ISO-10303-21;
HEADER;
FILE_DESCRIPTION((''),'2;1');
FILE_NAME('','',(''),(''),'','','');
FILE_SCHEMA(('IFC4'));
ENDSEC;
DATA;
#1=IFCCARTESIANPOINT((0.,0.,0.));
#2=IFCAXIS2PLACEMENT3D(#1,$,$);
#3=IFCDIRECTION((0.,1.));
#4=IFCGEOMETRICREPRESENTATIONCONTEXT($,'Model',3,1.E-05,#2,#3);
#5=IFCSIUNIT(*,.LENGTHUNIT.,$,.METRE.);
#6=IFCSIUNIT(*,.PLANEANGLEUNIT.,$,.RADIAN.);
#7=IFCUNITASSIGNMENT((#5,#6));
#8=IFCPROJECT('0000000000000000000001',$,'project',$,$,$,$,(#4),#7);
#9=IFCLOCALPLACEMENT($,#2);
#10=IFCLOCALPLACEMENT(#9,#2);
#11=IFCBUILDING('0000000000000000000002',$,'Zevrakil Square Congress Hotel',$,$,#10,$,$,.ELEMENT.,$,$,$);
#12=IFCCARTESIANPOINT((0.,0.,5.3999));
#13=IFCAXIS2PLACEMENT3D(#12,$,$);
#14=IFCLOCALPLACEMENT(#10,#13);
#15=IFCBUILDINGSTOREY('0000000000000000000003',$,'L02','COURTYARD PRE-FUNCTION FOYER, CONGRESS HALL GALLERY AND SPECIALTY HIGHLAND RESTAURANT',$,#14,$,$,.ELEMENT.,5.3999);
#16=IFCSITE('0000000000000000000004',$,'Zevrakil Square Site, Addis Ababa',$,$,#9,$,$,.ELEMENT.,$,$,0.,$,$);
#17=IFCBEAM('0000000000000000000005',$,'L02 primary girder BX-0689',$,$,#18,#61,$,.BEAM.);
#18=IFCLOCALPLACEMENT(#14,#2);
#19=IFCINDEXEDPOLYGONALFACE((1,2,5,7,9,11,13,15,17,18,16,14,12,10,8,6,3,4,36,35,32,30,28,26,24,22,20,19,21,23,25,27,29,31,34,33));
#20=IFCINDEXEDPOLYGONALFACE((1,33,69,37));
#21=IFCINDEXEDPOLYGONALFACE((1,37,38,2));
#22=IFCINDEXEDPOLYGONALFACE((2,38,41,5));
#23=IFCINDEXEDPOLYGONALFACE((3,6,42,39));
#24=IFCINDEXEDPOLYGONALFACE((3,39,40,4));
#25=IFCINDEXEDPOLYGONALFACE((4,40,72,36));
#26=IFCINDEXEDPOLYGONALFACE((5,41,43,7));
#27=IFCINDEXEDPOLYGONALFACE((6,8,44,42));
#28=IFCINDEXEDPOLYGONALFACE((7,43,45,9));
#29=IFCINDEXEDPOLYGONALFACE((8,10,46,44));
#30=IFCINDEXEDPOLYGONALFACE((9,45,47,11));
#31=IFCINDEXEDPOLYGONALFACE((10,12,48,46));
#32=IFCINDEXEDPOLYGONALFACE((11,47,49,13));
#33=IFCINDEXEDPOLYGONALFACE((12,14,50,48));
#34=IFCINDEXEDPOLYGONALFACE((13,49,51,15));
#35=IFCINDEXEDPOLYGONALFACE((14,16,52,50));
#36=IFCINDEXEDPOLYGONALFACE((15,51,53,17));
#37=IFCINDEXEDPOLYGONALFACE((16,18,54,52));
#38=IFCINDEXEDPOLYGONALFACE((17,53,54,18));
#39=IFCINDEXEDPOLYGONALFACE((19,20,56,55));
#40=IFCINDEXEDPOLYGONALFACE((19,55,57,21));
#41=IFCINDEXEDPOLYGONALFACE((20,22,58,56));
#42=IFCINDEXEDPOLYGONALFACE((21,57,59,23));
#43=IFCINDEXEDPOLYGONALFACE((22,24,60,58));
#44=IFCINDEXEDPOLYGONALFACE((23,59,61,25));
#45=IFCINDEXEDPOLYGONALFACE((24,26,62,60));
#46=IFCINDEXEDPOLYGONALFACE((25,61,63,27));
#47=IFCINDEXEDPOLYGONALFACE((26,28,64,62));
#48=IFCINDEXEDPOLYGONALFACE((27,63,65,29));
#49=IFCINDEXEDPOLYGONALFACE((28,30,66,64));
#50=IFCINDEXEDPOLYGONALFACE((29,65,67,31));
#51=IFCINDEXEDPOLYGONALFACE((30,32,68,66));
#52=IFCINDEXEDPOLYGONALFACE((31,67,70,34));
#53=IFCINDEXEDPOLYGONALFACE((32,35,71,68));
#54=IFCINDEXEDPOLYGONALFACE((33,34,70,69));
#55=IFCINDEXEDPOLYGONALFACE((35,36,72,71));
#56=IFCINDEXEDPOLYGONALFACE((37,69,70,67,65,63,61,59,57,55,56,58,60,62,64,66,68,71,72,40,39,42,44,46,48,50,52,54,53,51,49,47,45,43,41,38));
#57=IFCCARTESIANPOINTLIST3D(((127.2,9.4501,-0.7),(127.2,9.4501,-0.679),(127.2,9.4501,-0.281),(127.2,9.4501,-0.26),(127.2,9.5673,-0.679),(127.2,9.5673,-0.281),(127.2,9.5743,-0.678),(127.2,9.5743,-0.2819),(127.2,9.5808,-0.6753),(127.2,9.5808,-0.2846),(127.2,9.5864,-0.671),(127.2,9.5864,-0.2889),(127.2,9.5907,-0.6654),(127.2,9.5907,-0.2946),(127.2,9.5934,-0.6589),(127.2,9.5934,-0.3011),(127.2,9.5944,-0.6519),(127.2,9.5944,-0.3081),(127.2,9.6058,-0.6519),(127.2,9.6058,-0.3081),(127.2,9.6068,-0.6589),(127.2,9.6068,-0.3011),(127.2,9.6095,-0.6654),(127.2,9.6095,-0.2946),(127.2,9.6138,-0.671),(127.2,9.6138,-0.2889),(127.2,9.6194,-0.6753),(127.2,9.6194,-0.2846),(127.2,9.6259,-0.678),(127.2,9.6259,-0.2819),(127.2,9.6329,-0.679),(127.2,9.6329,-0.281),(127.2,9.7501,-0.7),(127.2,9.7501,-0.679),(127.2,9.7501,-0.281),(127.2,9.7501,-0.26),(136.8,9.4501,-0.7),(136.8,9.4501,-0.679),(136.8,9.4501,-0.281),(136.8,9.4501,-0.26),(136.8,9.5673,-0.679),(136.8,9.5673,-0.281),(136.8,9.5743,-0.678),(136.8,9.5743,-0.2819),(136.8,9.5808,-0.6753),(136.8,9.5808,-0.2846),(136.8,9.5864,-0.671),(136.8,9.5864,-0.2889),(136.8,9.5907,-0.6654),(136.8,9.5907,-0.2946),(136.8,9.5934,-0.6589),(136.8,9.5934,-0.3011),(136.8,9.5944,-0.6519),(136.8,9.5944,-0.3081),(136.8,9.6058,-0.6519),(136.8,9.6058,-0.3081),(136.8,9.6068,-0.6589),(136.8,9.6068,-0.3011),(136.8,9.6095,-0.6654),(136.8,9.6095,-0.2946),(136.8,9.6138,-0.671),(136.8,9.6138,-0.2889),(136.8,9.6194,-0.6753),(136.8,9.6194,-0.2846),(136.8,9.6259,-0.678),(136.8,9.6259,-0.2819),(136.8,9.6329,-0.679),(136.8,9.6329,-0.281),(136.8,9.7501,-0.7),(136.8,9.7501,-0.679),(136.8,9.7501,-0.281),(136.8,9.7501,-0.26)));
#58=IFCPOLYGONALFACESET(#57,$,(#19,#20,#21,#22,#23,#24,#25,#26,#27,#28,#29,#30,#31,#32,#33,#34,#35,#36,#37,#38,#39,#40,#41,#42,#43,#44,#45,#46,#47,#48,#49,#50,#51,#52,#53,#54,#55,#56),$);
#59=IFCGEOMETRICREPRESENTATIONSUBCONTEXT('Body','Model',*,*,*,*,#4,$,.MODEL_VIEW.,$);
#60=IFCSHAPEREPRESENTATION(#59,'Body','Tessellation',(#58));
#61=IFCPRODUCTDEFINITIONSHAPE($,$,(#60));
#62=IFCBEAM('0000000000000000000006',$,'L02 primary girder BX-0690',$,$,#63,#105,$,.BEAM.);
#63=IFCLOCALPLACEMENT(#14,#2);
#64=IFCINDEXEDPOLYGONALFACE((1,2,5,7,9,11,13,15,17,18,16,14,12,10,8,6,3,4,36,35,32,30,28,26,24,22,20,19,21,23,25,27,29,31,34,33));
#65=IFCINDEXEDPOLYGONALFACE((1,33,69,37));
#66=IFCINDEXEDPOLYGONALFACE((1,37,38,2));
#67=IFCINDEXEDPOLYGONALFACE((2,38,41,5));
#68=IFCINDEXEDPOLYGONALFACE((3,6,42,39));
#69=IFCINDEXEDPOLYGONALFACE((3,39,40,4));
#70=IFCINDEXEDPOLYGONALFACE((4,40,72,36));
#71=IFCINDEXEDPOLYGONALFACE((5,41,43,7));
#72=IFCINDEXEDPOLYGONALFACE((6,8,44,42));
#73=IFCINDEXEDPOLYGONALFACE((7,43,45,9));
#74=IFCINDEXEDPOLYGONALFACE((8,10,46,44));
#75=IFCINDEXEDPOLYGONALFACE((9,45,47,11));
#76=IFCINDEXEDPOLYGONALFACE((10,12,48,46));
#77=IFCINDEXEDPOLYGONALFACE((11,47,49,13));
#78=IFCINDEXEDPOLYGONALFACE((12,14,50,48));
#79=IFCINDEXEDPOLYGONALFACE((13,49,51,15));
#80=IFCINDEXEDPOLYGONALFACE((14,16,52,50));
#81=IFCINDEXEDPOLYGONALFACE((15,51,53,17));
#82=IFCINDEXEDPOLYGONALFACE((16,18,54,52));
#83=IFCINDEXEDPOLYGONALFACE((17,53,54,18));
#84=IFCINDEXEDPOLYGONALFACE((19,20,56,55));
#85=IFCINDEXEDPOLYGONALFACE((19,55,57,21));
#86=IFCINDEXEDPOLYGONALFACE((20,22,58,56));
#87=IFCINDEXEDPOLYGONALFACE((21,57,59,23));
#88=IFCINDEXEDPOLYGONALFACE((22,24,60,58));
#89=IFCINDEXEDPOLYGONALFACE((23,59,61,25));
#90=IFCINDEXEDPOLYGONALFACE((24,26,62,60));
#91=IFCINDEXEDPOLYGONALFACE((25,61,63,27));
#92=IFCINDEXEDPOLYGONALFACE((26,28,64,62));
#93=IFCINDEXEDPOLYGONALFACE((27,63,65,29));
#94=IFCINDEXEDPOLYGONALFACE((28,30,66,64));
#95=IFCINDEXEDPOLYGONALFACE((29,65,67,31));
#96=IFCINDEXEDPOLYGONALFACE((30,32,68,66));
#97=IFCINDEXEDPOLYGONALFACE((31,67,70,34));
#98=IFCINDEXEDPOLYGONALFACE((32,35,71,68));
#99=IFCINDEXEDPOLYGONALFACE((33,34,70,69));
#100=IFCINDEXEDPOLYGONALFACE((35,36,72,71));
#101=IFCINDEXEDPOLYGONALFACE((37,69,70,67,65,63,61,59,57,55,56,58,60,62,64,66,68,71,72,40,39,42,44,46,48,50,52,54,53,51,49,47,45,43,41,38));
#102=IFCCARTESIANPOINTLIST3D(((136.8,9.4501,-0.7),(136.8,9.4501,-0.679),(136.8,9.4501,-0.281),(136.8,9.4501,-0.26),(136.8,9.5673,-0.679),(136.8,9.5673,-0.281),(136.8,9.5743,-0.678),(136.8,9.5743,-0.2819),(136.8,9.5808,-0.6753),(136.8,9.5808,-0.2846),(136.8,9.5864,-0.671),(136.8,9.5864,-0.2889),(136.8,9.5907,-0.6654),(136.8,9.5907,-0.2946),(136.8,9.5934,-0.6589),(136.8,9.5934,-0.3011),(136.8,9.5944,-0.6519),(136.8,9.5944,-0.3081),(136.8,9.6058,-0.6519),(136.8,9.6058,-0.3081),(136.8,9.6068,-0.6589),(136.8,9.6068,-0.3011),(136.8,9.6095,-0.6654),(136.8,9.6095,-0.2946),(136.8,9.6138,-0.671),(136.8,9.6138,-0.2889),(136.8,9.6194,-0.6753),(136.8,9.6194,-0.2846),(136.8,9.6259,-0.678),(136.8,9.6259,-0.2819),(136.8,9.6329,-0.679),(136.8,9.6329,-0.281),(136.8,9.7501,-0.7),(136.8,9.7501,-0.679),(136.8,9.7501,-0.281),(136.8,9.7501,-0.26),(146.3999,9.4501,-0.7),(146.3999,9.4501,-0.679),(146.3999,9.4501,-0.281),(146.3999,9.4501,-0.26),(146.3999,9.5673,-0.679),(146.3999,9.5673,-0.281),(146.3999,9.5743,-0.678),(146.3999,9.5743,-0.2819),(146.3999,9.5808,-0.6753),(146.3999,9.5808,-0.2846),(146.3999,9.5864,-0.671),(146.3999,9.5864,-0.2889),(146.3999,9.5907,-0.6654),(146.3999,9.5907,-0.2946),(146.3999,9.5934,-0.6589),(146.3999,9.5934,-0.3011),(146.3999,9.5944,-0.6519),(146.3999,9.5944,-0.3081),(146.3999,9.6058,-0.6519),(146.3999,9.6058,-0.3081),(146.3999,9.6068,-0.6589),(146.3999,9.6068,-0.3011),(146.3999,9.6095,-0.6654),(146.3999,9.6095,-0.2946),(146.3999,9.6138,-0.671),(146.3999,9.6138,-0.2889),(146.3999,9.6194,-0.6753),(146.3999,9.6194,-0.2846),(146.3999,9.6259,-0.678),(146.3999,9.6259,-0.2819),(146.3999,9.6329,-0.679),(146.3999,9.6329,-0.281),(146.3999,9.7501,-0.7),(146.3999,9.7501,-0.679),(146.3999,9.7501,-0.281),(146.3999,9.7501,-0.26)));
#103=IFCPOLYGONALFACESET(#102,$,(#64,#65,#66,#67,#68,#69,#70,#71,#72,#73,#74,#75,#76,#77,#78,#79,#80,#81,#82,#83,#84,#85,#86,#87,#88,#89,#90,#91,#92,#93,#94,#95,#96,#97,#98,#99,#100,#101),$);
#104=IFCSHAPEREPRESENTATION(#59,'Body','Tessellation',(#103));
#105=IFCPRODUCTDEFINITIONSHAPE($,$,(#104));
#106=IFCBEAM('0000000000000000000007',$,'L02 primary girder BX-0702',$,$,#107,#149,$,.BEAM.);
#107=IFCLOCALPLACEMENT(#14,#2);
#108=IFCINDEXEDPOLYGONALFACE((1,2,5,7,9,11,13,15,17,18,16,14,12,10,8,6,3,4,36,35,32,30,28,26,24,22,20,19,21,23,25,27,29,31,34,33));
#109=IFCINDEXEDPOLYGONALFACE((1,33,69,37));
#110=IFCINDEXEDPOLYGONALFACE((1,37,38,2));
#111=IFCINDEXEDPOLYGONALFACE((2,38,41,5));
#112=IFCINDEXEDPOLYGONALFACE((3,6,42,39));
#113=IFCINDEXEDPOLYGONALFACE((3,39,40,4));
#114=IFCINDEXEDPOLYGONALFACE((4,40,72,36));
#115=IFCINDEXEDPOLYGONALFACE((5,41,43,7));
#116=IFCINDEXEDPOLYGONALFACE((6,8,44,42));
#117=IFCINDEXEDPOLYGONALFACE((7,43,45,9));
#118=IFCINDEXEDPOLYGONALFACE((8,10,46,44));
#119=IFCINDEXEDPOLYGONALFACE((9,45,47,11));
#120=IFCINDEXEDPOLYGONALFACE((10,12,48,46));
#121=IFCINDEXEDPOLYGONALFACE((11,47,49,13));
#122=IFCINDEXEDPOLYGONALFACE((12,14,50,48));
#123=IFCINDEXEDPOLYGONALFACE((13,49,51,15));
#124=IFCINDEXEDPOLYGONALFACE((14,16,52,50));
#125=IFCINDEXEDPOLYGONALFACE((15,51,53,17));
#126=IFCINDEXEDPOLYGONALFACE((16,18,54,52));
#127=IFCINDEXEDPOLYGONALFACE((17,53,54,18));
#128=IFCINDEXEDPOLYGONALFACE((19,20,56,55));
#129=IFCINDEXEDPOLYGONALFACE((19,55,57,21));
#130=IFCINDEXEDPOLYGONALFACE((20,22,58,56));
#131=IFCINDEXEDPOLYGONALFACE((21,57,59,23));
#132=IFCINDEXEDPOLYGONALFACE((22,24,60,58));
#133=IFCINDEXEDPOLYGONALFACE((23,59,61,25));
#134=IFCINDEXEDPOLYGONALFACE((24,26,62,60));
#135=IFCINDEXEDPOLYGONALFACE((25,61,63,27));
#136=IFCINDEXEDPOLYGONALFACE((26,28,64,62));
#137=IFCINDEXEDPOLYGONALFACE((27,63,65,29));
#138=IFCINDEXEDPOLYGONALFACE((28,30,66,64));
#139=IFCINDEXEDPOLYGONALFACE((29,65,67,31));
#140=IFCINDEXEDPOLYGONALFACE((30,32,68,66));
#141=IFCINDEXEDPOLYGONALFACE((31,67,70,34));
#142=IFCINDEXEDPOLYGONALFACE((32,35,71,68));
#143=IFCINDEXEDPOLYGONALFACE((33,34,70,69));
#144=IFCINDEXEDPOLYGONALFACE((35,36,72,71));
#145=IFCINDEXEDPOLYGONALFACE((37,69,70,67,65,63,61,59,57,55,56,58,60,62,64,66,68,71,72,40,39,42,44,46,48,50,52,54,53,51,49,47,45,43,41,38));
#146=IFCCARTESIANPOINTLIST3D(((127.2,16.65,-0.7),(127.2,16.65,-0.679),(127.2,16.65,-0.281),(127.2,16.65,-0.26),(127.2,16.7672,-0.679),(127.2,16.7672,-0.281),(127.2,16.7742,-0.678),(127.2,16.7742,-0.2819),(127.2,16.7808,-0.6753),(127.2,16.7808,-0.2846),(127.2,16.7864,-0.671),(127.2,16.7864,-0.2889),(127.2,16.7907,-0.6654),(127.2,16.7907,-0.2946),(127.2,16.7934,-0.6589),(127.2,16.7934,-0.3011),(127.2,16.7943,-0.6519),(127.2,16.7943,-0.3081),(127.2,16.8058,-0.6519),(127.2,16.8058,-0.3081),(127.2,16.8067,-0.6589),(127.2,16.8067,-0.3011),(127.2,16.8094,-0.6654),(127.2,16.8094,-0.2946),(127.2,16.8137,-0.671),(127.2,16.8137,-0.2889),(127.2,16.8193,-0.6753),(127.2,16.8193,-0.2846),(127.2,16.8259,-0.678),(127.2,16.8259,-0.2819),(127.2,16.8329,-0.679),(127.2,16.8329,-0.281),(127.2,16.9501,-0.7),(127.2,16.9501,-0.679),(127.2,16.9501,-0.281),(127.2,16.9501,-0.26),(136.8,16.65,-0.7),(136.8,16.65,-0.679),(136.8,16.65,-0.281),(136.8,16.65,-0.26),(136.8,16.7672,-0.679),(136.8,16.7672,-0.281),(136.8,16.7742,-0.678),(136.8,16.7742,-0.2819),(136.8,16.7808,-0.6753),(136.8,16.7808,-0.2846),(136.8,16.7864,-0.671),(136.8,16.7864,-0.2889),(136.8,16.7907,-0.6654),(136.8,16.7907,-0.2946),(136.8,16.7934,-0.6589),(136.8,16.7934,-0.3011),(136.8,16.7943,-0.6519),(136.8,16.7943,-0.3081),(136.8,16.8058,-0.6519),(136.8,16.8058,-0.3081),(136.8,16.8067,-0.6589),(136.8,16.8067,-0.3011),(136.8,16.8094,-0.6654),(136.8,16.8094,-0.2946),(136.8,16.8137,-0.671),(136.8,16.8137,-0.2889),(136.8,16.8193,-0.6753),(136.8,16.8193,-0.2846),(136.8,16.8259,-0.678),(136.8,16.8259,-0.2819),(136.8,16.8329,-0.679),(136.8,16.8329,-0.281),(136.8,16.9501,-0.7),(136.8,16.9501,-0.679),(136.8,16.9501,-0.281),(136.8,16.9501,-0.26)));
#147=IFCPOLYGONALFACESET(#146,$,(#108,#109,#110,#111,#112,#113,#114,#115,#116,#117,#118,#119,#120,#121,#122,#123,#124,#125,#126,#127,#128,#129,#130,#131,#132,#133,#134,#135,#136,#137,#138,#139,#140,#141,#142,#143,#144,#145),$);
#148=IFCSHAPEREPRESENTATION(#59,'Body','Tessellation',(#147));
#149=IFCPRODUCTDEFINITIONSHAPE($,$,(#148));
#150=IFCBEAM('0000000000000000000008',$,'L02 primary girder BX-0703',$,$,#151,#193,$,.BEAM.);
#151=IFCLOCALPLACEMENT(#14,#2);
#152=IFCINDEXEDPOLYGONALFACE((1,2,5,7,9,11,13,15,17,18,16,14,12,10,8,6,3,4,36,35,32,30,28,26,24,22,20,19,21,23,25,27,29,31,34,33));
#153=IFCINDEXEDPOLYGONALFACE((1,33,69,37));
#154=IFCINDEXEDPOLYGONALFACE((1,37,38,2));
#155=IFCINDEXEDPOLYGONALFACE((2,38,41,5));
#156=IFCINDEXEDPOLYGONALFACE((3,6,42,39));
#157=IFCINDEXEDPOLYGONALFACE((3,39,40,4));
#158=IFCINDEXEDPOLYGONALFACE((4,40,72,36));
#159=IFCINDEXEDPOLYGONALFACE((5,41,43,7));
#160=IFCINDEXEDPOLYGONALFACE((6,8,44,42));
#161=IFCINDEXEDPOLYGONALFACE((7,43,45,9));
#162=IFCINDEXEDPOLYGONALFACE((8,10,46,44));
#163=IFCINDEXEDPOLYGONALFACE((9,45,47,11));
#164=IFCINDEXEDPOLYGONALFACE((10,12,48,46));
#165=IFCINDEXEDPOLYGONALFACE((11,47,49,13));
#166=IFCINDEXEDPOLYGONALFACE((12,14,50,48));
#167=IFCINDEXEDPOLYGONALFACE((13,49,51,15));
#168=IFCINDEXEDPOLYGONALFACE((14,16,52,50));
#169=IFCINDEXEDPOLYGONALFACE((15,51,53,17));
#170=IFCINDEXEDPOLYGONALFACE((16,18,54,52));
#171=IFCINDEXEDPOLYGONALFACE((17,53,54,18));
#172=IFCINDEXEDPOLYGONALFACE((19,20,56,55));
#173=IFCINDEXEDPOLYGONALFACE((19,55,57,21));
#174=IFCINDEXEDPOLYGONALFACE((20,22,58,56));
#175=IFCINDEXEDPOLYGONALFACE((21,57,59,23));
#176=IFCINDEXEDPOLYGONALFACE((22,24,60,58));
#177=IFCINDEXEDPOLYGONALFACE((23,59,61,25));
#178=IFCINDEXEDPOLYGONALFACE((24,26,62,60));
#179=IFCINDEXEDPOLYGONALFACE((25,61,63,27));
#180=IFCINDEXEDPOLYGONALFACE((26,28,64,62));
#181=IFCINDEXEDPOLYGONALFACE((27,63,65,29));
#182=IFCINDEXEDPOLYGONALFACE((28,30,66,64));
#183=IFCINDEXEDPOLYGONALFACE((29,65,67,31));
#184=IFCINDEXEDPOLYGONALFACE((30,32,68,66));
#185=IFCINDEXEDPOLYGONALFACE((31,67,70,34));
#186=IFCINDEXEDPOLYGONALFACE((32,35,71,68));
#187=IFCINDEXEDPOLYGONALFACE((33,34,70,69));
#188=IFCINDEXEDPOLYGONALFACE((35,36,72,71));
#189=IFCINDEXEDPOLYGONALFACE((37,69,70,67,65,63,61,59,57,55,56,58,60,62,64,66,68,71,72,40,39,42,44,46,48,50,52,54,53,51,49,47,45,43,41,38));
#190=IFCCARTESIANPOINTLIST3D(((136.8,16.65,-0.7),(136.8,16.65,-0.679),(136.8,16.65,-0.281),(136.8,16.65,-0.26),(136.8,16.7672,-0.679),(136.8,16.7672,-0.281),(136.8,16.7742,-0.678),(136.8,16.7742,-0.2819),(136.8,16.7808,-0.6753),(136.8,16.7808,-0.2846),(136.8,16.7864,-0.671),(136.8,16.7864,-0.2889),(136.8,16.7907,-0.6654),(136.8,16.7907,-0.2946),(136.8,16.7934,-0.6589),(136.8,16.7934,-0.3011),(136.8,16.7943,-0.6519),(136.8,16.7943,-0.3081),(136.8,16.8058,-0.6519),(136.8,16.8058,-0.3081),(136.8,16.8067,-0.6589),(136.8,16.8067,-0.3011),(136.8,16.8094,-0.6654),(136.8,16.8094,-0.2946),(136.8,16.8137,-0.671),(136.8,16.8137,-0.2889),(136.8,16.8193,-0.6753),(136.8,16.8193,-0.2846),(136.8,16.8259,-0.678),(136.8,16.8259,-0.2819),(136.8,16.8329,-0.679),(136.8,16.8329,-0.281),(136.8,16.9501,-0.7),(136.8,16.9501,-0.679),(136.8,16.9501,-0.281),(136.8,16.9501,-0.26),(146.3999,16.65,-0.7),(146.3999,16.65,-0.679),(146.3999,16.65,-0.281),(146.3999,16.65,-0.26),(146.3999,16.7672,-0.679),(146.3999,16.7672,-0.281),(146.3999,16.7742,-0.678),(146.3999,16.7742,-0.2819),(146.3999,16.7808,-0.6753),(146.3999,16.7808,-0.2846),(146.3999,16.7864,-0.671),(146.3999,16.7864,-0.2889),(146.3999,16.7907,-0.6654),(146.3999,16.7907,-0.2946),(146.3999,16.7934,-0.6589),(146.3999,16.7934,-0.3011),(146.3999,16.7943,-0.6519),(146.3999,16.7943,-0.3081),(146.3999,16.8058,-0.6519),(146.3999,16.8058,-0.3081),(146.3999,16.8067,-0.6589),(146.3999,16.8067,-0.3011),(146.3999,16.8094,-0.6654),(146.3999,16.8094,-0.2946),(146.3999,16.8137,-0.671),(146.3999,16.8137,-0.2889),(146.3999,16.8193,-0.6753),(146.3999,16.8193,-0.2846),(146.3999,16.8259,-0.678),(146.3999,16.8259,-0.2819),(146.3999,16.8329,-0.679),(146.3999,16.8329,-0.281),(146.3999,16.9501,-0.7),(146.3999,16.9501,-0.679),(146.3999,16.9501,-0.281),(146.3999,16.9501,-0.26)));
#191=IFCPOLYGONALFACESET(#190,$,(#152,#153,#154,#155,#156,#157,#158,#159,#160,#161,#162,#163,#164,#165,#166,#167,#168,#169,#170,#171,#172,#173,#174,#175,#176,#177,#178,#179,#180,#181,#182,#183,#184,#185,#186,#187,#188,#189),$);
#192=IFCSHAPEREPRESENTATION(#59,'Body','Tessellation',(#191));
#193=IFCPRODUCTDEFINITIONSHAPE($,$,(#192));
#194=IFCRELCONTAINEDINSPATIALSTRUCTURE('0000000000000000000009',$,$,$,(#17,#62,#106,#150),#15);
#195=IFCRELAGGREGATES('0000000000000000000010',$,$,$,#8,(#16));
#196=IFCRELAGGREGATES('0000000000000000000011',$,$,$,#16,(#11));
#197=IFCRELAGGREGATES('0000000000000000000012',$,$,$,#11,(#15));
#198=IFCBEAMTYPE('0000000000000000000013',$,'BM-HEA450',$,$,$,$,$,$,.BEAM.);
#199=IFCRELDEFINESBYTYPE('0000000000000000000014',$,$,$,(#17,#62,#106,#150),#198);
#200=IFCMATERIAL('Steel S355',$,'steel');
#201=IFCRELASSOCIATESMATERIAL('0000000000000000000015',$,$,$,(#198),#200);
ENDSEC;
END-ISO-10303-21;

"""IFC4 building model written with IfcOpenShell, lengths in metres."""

from ifc_helpers import new_model, si_unit, direction, frame, origin, origin_2d, place, context, subcontext, project, spatial, i_section, extrude, material, material_profile, profile_set, type_object, element, save


model = new_model("IFC4")

# Units and contexts
model_context = context("Model", 3, precision=1e-05, world=origin(), true_north=direction((0.0, 1.0)))
body_context = subcontext(model_context, "Body", "Model", "MODEL_VIEW")
ifc_project = project(units=[si_unit("LENGTHUNIT", "METRE"), si_unit("PLANEANGLEUNIT", "RADIAN")], contexts=[model_context])

# Site, building, storey
site_placement = place(None, origin())
site = spatial("IfcSite", under=ifc_project, at=site_placement, Name="Zevrakil Square Site, Addis Ababa", CompositionType="ELEMENT", RefElevation=0.0)
building_placement = place(site_placement, origin())
building = spatial("IfcBuilding", under=site, at=building_placement, Name="Zevrakil Square Congress Hotel", CompositionType="ELEMENT")
storey_placement = place(building_placement, frame((0.0, 0.0, 5.3999)))
storey = spatial("IfcBuildingStorey", under=building, at=storey_placement, Name="L02", Description="COURTYARD PRE-FUNCTION FOYER, CONGRESS HALL GALLERY AND SPECIALTY HIGHLAND RESTAURANT", CompositionType="ELEMENT", Elevation=5.3999)

# Beams
ifc_material_1 = material(Name="Steel S355", Category="steel")
ifc_material_profile_1 = material_profile(ifc_material_1, i_section(OverallWidth=0.3, OverallDepth=0.4399, WebThickness=0.0115, FlangeThickness=0.021, FilletRadius=0.0271, at=origin_2d()), Name="HEA 450")
ifc_profile_set_1 = profile_set([ifc_material_profile_1], Name="Steel S355")
beam_type_1 = type_object("IfcBeamType", Name="BM-HEA450", PredefinedType="BEAM", material=ifc_profile_set_1)
beam_1_placement = place(storey_placement, frame((127.2, 9.6001, -0.48), z_axis=(1.0, 0.0, 0.0), x_axis=(0.0, 1.0, 0.0)))
element("IfcBeam", 1, at=beam_1_placement, inside=storey, type_object=beam_type_1, Name="L02 primary girder BX-0689", PredefinedType="BEAM", context=body_context, shape_type="SweptSolid", body=[
    extrude(i_section(OverallWidth=0.3, OverallDepth=0.4399, WebThickness=0.0115, FlangeThickness=0.021, FilletRadius=0.0271, at=origin_2d()), origin(), (0.0, 0.0, 1.0), 9.6001),
])
beam_2_placement = place(storey_placement, frame((136.8, 9.6001, -0.48), z_axis=(1.0, 0.0, 0.0), x_axis=(0.0, 1.0, 0.0)))
element("IfcBeam", 2, at=beam_2_placement, inside=storey, type_object=beam_type_1, Name="L02 primary girder BX-0690", PredefinedType="BEAM", context=body_context, shape_type="SweptSolid", body=[
    extrude(i_section(OverallWidth=0.3, OverallDepth=0.4399, WebThickness=0.0115, FlangeThickness=0.021, FilletRadius=0.0271, at=origin_2d()), origin(), (0.0, 0.0, 1.0), 9.5999),
])
beam_3_placement = place(storey_placement, frame((127.2, 16.8, -0.48), z_axis=(1.0, 0.0, 0.0), x_axis=(0.0, 1.0, 0.0)))
element("IfcBeam", 3, at=beam_3_placement, inside=storey, type_object=beam_type_1, Name="L02 primary girder BX-0702", PredefinedType="BEAM", context=body_context, shape_type="SweptSolid", body=[
    extrude(i_section(OverallWidth=0.3, OverallDepth=0.4399, WebThickness=0.0115, FlangeThickness=0.021, FilletRadius=0.0271, at=origin_2d()), origin(), (0.0, 0.0, 1.0), 9.6001),
])
beam_4_placement = place(storey_placement, frame((136.8, 16.8, -0.48), z_axis=(1.0, 0.0, 0.0), x_axis=(0.0, 1.0, 0.0)))
element("IfcBeam", 4, at=beam_4_placement, inside=storey, type_object=beam_type_1, Name="L02 primary girder BX-0703", PredefinedType="BEAM", context=body_context, shape_type="SweptSolid", body=[
    extrude(i_section(OverallWidth=0.3, OverallDepth=0.4399, WebThickness=0.0115, FlangeThickness=0.021, FilletRadius=0.0271, at=origin_2d()), origin(), (0.0, 0.0, 1.0), 9.5999),
])

save(model, "model.ifc")
